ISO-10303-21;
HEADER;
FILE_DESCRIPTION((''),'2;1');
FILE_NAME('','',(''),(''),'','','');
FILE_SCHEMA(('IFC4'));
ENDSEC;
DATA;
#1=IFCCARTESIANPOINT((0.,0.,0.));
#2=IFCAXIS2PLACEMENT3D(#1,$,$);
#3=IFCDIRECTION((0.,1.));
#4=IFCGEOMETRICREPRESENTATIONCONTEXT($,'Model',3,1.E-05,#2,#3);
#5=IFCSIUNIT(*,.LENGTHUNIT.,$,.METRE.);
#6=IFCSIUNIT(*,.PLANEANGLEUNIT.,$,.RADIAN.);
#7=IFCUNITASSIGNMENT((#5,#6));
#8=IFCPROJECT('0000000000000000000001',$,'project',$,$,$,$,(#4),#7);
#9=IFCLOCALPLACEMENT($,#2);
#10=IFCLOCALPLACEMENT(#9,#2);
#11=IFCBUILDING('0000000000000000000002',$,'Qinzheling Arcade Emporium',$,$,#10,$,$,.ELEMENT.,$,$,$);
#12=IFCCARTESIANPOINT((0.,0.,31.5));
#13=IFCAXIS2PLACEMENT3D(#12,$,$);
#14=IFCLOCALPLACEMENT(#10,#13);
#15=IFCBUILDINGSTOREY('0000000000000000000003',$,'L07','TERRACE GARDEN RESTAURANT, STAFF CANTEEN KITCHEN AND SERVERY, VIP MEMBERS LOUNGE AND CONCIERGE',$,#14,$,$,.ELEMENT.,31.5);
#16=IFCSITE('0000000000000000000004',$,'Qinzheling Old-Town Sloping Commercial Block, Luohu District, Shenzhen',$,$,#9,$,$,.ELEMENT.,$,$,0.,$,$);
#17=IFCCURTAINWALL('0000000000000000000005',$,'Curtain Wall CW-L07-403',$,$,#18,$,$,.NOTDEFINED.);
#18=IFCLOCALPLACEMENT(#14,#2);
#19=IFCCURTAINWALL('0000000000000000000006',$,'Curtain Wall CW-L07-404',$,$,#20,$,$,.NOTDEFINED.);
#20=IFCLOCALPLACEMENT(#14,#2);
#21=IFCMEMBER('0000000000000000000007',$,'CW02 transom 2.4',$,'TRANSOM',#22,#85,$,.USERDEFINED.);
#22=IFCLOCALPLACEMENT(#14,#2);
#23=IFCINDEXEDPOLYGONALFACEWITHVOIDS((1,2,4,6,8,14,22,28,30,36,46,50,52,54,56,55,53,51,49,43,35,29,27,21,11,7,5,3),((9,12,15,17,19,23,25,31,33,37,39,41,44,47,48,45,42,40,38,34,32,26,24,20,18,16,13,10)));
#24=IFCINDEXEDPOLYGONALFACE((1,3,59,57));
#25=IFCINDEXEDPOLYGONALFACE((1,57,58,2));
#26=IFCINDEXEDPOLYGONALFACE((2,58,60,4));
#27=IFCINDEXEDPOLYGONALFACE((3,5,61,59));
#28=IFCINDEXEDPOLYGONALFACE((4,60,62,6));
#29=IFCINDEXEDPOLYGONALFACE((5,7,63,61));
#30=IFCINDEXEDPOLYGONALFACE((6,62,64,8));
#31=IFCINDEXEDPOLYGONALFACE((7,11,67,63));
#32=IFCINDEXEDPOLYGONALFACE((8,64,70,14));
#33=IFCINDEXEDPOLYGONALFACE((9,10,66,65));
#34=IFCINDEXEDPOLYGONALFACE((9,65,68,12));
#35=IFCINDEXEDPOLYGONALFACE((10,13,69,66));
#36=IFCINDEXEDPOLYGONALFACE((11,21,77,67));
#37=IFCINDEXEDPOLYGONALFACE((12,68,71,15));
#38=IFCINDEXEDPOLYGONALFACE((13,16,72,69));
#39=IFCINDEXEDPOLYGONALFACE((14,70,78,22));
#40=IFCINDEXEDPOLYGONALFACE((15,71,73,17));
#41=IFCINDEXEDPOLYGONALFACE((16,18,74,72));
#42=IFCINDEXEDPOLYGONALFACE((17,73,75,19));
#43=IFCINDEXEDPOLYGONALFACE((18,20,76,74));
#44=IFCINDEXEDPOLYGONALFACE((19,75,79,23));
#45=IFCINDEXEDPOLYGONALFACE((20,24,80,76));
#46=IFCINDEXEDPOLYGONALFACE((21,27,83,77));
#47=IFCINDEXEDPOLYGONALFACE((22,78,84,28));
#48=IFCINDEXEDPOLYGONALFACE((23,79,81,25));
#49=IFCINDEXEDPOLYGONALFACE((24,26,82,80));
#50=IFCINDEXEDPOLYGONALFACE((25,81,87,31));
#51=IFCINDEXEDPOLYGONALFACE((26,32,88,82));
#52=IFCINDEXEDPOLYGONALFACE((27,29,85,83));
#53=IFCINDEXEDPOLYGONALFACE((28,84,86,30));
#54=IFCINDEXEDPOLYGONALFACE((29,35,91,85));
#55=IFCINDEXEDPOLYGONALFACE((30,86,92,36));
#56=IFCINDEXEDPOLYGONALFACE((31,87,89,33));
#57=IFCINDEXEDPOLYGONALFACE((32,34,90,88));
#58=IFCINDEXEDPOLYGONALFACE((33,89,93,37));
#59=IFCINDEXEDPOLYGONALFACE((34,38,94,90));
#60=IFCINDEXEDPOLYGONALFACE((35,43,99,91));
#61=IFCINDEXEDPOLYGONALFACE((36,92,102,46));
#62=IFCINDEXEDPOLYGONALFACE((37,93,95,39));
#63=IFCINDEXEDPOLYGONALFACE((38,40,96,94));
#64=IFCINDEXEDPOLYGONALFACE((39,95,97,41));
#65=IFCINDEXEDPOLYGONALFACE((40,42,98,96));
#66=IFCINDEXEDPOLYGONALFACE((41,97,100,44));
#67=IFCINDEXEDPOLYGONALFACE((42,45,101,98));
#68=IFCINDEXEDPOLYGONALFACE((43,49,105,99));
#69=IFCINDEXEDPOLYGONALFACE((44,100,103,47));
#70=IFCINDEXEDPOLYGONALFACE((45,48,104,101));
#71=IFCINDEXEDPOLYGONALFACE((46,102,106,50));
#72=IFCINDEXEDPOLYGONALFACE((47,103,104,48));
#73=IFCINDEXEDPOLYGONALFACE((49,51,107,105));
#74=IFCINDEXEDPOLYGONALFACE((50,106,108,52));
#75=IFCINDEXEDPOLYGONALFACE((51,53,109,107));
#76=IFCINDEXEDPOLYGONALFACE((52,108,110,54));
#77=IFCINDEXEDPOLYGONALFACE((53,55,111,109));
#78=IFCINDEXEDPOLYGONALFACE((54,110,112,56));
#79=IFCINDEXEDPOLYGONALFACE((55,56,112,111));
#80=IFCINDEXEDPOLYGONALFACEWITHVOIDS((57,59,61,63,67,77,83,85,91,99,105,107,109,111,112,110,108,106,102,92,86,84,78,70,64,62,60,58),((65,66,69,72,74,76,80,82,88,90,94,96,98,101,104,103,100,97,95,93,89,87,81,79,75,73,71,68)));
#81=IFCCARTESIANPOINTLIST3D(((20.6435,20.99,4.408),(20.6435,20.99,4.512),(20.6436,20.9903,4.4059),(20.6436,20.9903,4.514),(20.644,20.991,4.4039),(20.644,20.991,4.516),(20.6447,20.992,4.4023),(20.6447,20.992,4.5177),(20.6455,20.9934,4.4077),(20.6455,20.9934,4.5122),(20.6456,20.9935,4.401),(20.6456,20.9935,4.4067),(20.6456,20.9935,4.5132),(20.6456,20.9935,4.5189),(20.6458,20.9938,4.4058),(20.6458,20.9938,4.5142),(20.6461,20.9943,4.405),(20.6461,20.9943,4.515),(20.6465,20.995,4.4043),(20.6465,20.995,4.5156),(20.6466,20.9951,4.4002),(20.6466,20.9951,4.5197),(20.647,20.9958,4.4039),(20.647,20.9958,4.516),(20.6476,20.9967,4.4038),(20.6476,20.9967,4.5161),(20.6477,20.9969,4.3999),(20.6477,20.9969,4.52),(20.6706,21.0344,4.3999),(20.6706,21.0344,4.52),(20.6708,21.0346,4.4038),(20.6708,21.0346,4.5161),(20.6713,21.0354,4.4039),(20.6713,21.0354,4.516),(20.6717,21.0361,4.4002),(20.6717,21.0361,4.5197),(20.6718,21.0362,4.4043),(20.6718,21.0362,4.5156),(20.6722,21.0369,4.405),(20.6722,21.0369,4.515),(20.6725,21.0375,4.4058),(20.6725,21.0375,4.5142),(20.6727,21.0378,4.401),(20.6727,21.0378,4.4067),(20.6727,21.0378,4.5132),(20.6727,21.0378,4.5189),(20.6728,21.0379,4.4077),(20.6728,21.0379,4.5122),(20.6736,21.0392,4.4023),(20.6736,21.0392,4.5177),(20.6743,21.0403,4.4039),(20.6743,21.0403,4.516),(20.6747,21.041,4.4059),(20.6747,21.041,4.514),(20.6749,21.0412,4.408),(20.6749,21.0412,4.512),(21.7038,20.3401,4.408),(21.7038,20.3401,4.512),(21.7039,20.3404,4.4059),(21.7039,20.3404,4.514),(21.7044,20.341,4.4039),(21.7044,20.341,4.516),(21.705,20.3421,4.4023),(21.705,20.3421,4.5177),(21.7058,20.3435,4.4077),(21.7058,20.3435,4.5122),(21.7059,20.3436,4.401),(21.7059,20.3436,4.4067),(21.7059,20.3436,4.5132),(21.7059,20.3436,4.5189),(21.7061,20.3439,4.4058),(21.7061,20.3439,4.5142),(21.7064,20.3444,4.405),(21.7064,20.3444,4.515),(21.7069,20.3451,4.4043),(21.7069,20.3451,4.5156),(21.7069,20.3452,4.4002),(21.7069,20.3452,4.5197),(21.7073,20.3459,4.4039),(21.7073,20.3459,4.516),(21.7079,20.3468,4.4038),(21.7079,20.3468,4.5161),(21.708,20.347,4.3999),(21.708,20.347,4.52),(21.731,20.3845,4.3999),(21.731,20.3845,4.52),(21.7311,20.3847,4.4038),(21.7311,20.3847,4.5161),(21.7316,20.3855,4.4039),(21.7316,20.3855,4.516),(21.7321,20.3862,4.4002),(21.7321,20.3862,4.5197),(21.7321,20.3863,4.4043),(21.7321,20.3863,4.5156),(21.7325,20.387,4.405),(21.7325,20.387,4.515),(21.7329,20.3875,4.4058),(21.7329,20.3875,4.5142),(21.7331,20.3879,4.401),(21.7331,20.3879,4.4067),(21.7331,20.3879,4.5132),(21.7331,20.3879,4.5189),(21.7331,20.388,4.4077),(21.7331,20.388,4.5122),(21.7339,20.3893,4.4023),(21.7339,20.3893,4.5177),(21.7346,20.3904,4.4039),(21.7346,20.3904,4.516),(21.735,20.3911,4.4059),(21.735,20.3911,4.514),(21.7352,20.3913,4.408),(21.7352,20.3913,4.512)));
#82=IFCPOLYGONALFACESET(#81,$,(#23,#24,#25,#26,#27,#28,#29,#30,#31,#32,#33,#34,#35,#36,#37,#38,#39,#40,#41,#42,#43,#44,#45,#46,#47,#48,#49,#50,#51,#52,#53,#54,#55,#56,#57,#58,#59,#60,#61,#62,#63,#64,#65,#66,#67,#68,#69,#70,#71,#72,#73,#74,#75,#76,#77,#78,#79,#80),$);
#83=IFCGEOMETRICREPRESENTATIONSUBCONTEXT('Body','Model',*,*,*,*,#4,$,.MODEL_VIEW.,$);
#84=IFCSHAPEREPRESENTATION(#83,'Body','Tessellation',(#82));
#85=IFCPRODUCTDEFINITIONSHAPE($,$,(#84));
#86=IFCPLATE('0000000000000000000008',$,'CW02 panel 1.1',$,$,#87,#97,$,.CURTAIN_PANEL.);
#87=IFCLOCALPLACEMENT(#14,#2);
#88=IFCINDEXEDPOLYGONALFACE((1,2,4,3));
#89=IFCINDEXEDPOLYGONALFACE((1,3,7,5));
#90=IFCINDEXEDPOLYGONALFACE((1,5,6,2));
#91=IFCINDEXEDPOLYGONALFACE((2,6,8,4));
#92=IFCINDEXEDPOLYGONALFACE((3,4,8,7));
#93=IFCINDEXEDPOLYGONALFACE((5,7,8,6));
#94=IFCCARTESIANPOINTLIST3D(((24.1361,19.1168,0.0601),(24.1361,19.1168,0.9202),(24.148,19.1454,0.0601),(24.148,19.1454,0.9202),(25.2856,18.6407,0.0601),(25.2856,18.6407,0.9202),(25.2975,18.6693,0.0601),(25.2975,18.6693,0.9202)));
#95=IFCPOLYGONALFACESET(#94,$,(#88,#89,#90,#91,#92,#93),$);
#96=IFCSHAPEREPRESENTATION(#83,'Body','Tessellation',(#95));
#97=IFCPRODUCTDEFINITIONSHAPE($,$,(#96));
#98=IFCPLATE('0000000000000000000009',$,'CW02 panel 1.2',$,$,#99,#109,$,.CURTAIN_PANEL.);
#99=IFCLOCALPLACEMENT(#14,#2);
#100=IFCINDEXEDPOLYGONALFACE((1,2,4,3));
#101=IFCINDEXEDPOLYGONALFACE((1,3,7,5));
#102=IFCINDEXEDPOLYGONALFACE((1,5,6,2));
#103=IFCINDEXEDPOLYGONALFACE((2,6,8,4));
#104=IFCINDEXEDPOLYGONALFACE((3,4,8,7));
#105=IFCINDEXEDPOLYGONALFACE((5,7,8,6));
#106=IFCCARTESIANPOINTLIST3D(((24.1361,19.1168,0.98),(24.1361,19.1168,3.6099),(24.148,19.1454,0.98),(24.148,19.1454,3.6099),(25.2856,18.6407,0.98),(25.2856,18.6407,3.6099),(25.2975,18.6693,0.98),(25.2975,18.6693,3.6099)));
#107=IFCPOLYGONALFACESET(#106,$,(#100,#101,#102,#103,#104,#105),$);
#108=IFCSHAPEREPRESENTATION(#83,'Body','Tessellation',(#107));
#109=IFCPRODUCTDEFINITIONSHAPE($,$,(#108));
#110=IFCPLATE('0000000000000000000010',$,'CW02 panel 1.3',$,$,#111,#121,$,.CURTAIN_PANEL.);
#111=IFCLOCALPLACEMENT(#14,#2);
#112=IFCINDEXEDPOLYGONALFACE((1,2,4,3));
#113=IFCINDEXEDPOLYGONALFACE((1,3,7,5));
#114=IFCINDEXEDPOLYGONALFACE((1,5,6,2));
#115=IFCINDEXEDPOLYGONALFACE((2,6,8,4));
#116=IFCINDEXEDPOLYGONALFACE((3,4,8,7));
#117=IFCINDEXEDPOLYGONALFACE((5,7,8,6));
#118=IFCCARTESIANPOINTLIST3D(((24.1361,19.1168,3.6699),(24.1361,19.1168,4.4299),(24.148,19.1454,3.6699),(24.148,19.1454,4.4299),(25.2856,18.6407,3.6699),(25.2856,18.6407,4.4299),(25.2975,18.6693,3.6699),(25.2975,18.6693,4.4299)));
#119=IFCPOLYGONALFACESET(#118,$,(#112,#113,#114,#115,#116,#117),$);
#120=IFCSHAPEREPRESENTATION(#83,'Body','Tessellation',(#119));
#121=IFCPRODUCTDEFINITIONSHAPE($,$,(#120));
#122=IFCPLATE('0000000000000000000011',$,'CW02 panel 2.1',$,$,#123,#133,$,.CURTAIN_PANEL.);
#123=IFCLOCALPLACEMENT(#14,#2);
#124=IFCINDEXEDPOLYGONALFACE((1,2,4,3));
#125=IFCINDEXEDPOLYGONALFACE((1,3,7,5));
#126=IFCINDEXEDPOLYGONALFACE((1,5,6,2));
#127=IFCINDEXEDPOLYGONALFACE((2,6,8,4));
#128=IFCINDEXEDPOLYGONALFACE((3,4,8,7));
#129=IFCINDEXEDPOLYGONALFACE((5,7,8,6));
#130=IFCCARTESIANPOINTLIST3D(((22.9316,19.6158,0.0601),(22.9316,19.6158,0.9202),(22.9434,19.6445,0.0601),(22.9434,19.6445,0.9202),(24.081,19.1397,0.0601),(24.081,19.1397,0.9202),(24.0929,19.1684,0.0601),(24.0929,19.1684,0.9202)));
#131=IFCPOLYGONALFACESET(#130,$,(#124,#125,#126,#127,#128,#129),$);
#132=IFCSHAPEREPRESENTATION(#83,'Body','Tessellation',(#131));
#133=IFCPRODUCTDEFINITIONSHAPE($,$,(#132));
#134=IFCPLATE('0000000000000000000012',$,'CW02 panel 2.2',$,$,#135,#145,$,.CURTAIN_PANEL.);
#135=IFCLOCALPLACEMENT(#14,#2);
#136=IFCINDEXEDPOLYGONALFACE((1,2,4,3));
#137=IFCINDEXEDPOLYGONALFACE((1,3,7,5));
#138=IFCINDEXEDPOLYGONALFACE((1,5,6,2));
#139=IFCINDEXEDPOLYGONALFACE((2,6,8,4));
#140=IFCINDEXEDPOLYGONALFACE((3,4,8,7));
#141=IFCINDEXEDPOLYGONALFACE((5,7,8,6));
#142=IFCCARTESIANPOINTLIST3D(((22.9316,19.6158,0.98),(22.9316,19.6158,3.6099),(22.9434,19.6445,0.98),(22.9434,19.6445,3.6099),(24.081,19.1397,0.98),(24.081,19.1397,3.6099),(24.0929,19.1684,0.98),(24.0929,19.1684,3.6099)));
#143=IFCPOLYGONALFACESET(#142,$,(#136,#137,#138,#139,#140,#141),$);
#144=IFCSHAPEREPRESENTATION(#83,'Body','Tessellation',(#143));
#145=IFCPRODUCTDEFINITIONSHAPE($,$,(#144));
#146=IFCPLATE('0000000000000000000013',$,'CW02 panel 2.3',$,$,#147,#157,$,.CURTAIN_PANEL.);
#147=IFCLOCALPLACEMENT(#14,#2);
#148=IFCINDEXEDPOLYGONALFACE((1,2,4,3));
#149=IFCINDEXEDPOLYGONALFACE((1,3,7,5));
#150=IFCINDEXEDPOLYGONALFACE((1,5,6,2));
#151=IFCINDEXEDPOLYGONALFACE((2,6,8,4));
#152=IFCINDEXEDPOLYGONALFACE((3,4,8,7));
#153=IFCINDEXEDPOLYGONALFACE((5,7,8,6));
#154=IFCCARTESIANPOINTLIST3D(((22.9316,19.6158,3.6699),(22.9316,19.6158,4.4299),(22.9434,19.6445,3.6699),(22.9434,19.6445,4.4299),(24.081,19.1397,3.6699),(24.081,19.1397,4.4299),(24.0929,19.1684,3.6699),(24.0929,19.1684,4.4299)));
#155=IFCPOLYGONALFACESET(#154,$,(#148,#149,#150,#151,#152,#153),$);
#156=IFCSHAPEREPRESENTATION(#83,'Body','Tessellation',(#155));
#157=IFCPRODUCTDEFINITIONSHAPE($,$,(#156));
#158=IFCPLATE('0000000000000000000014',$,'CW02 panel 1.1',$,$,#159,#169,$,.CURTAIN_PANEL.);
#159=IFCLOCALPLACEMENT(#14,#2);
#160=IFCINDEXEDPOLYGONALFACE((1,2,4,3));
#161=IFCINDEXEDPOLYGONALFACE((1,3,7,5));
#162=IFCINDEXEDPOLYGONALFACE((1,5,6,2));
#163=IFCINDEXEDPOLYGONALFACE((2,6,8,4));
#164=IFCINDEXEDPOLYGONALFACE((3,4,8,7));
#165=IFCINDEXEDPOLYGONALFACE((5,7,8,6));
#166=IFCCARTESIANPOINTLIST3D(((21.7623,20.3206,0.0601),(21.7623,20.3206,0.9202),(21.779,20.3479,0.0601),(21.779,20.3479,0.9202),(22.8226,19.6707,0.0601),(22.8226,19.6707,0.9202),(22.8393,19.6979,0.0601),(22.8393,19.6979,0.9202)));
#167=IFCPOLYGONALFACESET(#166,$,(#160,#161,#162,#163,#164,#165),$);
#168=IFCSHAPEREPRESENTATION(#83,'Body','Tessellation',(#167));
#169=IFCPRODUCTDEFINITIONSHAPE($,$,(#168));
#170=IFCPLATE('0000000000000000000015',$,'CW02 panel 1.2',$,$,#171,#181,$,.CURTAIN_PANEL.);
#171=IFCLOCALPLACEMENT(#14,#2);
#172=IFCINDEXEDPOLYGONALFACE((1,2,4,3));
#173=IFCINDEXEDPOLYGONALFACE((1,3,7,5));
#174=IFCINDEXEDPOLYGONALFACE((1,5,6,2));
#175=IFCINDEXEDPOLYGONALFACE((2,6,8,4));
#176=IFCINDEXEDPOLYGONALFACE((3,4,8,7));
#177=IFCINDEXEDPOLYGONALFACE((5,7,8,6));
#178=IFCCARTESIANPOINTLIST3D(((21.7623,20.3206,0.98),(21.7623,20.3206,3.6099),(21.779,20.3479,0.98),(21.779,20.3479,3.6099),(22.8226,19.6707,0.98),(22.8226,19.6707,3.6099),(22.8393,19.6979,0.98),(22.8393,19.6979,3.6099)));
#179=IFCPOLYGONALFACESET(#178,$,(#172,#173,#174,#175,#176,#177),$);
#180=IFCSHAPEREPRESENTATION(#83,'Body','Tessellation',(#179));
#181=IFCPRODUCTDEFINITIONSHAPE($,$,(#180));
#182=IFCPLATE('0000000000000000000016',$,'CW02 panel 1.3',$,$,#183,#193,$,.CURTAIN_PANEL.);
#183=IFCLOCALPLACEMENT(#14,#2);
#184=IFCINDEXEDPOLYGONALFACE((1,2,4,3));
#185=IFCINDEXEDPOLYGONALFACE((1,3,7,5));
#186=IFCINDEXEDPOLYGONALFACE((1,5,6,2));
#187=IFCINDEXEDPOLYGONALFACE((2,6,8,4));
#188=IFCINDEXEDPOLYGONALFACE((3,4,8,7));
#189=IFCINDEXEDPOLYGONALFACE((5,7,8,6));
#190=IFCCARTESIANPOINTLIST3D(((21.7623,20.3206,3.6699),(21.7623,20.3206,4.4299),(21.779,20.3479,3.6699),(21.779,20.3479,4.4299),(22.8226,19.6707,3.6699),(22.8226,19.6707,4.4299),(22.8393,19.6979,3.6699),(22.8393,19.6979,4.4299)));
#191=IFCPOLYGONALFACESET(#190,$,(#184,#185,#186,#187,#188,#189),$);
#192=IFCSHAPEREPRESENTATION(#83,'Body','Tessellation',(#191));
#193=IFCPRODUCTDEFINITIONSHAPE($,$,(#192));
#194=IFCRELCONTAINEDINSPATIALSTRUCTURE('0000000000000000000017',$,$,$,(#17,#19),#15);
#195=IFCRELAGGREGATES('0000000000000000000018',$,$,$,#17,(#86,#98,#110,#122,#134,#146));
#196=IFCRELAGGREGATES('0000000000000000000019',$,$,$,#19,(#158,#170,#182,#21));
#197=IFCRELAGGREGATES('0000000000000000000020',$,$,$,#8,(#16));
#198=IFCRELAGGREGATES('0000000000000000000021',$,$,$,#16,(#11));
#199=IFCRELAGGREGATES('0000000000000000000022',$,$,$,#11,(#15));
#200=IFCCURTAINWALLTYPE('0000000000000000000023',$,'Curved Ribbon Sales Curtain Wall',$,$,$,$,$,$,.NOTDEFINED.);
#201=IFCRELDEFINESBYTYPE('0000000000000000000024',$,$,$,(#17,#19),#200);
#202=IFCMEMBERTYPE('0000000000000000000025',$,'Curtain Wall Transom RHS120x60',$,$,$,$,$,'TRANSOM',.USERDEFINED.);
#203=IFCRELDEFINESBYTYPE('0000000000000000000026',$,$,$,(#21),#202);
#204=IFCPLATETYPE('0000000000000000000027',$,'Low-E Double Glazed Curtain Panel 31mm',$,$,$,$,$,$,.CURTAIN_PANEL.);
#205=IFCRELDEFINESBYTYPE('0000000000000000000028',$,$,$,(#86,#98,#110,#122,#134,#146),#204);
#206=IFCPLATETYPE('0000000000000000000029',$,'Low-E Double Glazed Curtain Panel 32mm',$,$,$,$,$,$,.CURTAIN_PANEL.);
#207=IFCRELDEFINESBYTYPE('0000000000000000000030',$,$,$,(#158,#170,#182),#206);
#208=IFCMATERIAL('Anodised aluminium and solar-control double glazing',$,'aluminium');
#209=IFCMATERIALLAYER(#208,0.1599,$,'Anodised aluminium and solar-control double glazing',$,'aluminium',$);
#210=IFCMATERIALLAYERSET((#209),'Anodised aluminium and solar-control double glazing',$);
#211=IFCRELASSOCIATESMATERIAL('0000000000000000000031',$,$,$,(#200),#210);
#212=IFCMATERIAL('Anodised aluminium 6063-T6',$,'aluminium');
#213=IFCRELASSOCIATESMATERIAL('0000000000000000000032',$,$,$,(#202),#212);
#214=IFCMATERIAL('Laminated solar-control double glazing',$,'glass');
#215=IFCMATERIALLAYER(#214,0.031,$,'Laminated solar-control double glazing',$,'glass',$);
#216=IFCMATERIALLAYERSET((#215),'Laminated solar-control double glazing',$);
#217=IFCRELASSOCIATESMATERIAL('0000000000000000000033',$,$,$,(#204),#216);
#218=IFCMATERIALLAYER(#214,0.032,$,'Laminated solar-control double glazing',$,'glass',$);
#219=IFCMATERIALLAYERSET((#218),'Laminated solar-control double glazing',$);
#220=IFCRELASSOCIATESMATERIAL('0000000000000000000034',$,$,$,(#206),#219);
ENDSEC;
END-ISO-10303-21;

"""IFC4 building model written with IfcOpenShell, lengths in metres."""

from ifc_helpers import new_model, si_unit, direction, frame, origin, origin_2d, place, context, subcontext, project, spatial, rectangle, hollow_rectangle, extrude, material, layer, layer_set, material_profile, profile_set, type_object, element, aggregate, save


model = new_model("IFC4")

# Units and contexts
model_context = context("Model", 3, precision=1e-05, world=origin(), true_north=direction((0.0, 1.0)))
body_context = subcontext(model_context, "Body", "Model", "MODEL_VIEW")
ifc_project = project(units=[si_unit("LENGTHUNIT", "METRE"), si_unit("PLANEANGLEUNIT", "RADIAN")], contexts=[model_context])

# Site, building, storey
site_placement = place(None, origin())
site = spatial("IfcSite", under=ifc_project, at=site_placement, Name="Qinzheling Old-Town Sloping Commercial Block, Luohu District, Shenzhen", CompositionType="ELEMENT", RefElevation=0.0)
building_placement = place(site_placement, origin())
building = spatial("IfcBuilding", under=site, at=building_placement, Name="Qinzheling Arcade Emporium", CompositionType="ELEMENT")
storey_placement = place(building_placement, frame((0.0, 0.0, 31.5)))
storey = spatial("IfcBuildingStorey", under=building, at=storey_placement, Name="L07", Description="TERRACE GARDEN RESTAURANT, STAFF CANTEEN KITCHEN AND SERVERY, VIP MEMBERS LOUNGE AND CONCIERGE", CompositionType="ELEMENT", Elevation=31.5)

# Curtain walls
ifc_material_1 = material(Name="Anodised aluminium and solar-control double glazing", Category="aluminium")
ifc_layer_1 = layer(ifc_material_1, 0.1599, Name="Anodised aluminium and solar-control double glazing", Category="aluminium")
ifc_layer_set_1 = layer_set([ifc_layer_1], Name="Anodised aluminium and solar-control double glazing")
curtain_wall_type = type_object("IfcCurtainWallType", Name="Curved Ribbon Sales Curtain Wall", PredefinedType="NOTDEFINED", material=ifc_layer_set_1)
curtain_wall_1_placement = place(storey_placement, origin())
curtain_wall_1 = element("IfcCurtainWall", 1, at=curtain_wall_1_placement, inside=storey, type_object=curtain_wall_type, Name="Curtain Wall CW-L07-403", PredefinedType="NOTDEFINED")
ifc_material_2 = material(Name="Anodised aluminium 6063-T6", Category="aluminium")
curtain_wall_2_placement = place(storey_placement, origin())
curtain_wall_2 = element("IfcCurtainWall", 2, at=curtain_wall_2_placement, inside=storey, type_object=curtain_wall_type, Name="Curtain Wall CW-L07-404", PredefinedType="NOTDEFINED")

# Member
ifc_material_profile_1 = material_profile(ifc_material_2, hollow_rectangle(XDim=0.0601, YDim=0.1201, WallThickness=0.0039, InnerFilletRadius=0.0039, OuterFilletRadius=0.0081, at=origin_2d()), Name="RHS 120x60x4", Category="aluminium")
ifc_profile_set_1 = profile_set([ifc_material_profile_1], Name="Anodised aluminium 6063-T6")
member_type_1 = type_object("IfcMemberType", Name="Curtain Wall Transom RHS120x60", ElementType="TRANSOM", PredefinedType="USERDEFINED", material=ifc_profile_set_1)
member_1_placement = place(storey_placement, frame((21.7195, 20.3657, 4.46), z_axis=(-0.852587, 0.522585, 0.0), x_axis=(-0.522585, -0.852587, 0.0)))
member_1 = element("IfcMember", 3, at=member_1_placement, type_object=member_type_1, Name="CW02 transom 2.4", ObjectType="TRANSOM", PredefinedType="USERDEFINED", context=body_context, shape_type="SweptSolid", body=[
    extrude(hollow_rectangle(XDim=0.0601, YDim=0.1201, WallThickness=0.0039, InnerFilletRadius=0.0039, OuterFilletRadius=0.0081, at=origin_2d()), origin(), (0.0, 0.0, 1.0), 1.2437),
])

# Plates
ifc_material_3 = material(Name="Laminated solar-control double glazing", Category="glass")
ifc_layer_2 = layer(ifc_material_3, 0.031, Name="Laminated solar-control double glazing", Category="glass")
ifc_layer_set_2 = layer_set([ifc_layer_2], Name="Laminated solar-control double glazing")
plate_type_1 = type_object("IfcPlateType", Name="Low-E Double Glazed Curtain Panel 31mm", PredefinedType="CURTAIN_PANEL", material=ifc_layer_set_2)
plate_1_placement = place(storey_placement, frame((24.7168, 18.8931, 0.0601), z_axis=(0.0, 0.0, 1.0), x_axis=(-0.923884, 0.382672, 0.0)))
plate_1 = element("IfcPlate", 4, at=plate_1_placement, type_object=plate_type_1, Name="CW02 panel 1.1", PredefinedType="CURTAIN_PANEL", context=body_context, shape_type="SweptSolid", body=[
    extrude(rectangle(XDim=1.2441, YDim=0.031, at=origin_2d()), origin(), (0.0, 0.0, 1.0), 0.8601),
])
plate_2_placement = place(storey_placement, frame((24.7168, 18.8931, 0.98), z_axis=(0.0, 0.0, 1.0), x_axis=(-0.923884, 0.382672, 0.0)))
plate_2 = element("IfcPlate", 5, at=plate_2_placement, type_object=plate_type_1, Name="CW02 panel 1.2", PredefinedType="CURTAIN_PANEL", context=body_context, shape_type="SweptSolid", body=[
    extrude(rectangle(XDim=1.2441, YDim=0.031, at=origin_2d()), origin(), (0.0, 0.0, 1.0), 2.6299),
])
plate_3_placement = place(storey_placement, frame((24.7168, 18.8931, 3.6699), z_axis=(0.0, 0.0, 1.0), x_axis=(-0.923884, 0.382672, 0.0)))
plate_3 = element("IfcPlate", 6, at=plate_3_placement, type_object=plate_type_1, Name="CW02 panel 1.3", PredefinedType="CURTAIN_PANEL", context=body_context, shape_type="SweptSolid", body=[
    extrude(rectangle(XDim=1.2441, YDim=0.031, at=origin_2d()), origin(), (0.0, 0.0, 1.0), 0.76),
])
plate_4_placement = place(storey_placement, frame((23.5122, 19.3921, 0.0601), z_axis=(0.0, 0.0, 1.0), x_axis=(-0.923884, 0.382672, 0.0)))
plate_4 = element("IfcPlate", 7, at=plate_4_placement, type_object=plate_type_1, Name="CW02 panel 2.1", PredefinedType="CURTAIN_PANEL", context=body_context, shape_type="SweptSolid", body=[
    extrude(rectangle(XDim=1.2441, YDim=0.031, at=origin_2d()), origin(), (0.0, 0.0, 1.0), 0.8601),
])
plate_5_placement = place(storey_placement, frame((23.5122, 19.3921, 0.98), z_axis=(0.0, 0.0, 1.0), x_axis=(-0.923884, 0.382672, 0.0)))
plate_5 = element("IfcPlate", 8, at=plate_5_placement, type_object=plate_type_1, Name="CW02 panel 2.2", PredefinedType="CURTAIN_PANEL", context=body_context, shape_type="SweptSolid", body=[
    extrude(rectangle(XDim=1.2441, YDim=0.031, at=origin_2d()), origin(), (0.0, 0.0, 1.0), 2.6299),
])
plate_6_placement = place(storey_placement, frame((23.5122, 19.3921, 3.6699), z_axis=(0.0, 0.0, 1.0), x_axis=(-0.923884, 0.382672, 0.0)))
plate_6 = element("IfcPlate", 9, at=plate_6_placement, type_object=plate_type_1, Name="CW02 panel 2.3", PredefinedType="CURTAIN_PANEL", context=body_context, shape_type="SweptSolid", body=[
    extrude(rectangle(XDim=1.2441, YDim=0.031, at=origin_2d()), origin(), (0.0, 0.0, 1.0), 0.76),
])
aggregate(curtain_wall_1, [plate_1, plate_2, plate_3, plate_4, plate_5, plate_6])
ifc_layer_3 = layer(ifc_material_3, 0.032, Name="Laminated solar-control double glazing", Category="glass")
ifc_layer_set_3 = layer_set([ifc_layer_3], Name="Laminated solar-control double glazing")
plate_type_2 = type_object("IfcPlateType", Name="Low-E Double Glazed Curtain Panel 32mm", PredefinedType="CURTAIN_PANEL", material=ifc_layer_set_3)
plate_7_placement = place(storey_placement, frame((22.3008, 20.0093, 0.0601), z_axis=(0.0, 0.0, 1.0), x_axis=(-0.852558, 0.522632, 0.0)))
plate_7 = element("IfcPlate", 10, at=plate_7_placement, type_object=plate_type_2, Name="CW02 panel 1.1", PredefinedType="CURTAIN_PANEL", context=body_context, shape_type="SweptSolid", body=[
    extrude(rectangle(XDim=1.2437, YDim=0.032, at=origin_2d()), origin(), (0.0, 0.0, 1.0), 0.8601),
])
plate_8_placement = place(storey_placement, frame((22.3008, 20.0093, 0.98), z_axis=(0.0, 0.0, 1.0), x_axis=(-0.852558, 0.522632, 0.0)))
plate_8 = element("IfcPlate", 11, at=plate_8_placement, type_object=plate_type_2, Name="CW02 panel 1.2", PredefinedType="CURTAIN_PANEL", context=body_context, shape_type="SweptSolid", body=[
    extrude(rectangle(XDim=1.2437, YDim=0.032, at=origin_2d()), origin(), (0.0, 0.0, 1.0), 2.6299),
])
plate_9_placement = place(storey_placement, frame((22.3008, 20.0093, 3.6699), z_axis=(0.0, 0.0, 1.0), x_axis=(-0.852558, 0.522632, 0.0)))
plate_9 = element("IfcPlate", 12, at=plate_9_placement, type_object=plate_type_2, Name="CW02 panel 1.3", PredefinedType="CURTAIN_PANEL", context=body_context, shape_type="SweptSolid", body=[
    extrude(rectangle(XDim=1.2437, YDim=0.032, at=origin_2d()), origin(), (0.0, 0.0, 1.0), 0.76),
])
aggregate(curtain_wall_2, [plate_7, plate_8, plate_9, member_1])

save(model, "model.ifc")
